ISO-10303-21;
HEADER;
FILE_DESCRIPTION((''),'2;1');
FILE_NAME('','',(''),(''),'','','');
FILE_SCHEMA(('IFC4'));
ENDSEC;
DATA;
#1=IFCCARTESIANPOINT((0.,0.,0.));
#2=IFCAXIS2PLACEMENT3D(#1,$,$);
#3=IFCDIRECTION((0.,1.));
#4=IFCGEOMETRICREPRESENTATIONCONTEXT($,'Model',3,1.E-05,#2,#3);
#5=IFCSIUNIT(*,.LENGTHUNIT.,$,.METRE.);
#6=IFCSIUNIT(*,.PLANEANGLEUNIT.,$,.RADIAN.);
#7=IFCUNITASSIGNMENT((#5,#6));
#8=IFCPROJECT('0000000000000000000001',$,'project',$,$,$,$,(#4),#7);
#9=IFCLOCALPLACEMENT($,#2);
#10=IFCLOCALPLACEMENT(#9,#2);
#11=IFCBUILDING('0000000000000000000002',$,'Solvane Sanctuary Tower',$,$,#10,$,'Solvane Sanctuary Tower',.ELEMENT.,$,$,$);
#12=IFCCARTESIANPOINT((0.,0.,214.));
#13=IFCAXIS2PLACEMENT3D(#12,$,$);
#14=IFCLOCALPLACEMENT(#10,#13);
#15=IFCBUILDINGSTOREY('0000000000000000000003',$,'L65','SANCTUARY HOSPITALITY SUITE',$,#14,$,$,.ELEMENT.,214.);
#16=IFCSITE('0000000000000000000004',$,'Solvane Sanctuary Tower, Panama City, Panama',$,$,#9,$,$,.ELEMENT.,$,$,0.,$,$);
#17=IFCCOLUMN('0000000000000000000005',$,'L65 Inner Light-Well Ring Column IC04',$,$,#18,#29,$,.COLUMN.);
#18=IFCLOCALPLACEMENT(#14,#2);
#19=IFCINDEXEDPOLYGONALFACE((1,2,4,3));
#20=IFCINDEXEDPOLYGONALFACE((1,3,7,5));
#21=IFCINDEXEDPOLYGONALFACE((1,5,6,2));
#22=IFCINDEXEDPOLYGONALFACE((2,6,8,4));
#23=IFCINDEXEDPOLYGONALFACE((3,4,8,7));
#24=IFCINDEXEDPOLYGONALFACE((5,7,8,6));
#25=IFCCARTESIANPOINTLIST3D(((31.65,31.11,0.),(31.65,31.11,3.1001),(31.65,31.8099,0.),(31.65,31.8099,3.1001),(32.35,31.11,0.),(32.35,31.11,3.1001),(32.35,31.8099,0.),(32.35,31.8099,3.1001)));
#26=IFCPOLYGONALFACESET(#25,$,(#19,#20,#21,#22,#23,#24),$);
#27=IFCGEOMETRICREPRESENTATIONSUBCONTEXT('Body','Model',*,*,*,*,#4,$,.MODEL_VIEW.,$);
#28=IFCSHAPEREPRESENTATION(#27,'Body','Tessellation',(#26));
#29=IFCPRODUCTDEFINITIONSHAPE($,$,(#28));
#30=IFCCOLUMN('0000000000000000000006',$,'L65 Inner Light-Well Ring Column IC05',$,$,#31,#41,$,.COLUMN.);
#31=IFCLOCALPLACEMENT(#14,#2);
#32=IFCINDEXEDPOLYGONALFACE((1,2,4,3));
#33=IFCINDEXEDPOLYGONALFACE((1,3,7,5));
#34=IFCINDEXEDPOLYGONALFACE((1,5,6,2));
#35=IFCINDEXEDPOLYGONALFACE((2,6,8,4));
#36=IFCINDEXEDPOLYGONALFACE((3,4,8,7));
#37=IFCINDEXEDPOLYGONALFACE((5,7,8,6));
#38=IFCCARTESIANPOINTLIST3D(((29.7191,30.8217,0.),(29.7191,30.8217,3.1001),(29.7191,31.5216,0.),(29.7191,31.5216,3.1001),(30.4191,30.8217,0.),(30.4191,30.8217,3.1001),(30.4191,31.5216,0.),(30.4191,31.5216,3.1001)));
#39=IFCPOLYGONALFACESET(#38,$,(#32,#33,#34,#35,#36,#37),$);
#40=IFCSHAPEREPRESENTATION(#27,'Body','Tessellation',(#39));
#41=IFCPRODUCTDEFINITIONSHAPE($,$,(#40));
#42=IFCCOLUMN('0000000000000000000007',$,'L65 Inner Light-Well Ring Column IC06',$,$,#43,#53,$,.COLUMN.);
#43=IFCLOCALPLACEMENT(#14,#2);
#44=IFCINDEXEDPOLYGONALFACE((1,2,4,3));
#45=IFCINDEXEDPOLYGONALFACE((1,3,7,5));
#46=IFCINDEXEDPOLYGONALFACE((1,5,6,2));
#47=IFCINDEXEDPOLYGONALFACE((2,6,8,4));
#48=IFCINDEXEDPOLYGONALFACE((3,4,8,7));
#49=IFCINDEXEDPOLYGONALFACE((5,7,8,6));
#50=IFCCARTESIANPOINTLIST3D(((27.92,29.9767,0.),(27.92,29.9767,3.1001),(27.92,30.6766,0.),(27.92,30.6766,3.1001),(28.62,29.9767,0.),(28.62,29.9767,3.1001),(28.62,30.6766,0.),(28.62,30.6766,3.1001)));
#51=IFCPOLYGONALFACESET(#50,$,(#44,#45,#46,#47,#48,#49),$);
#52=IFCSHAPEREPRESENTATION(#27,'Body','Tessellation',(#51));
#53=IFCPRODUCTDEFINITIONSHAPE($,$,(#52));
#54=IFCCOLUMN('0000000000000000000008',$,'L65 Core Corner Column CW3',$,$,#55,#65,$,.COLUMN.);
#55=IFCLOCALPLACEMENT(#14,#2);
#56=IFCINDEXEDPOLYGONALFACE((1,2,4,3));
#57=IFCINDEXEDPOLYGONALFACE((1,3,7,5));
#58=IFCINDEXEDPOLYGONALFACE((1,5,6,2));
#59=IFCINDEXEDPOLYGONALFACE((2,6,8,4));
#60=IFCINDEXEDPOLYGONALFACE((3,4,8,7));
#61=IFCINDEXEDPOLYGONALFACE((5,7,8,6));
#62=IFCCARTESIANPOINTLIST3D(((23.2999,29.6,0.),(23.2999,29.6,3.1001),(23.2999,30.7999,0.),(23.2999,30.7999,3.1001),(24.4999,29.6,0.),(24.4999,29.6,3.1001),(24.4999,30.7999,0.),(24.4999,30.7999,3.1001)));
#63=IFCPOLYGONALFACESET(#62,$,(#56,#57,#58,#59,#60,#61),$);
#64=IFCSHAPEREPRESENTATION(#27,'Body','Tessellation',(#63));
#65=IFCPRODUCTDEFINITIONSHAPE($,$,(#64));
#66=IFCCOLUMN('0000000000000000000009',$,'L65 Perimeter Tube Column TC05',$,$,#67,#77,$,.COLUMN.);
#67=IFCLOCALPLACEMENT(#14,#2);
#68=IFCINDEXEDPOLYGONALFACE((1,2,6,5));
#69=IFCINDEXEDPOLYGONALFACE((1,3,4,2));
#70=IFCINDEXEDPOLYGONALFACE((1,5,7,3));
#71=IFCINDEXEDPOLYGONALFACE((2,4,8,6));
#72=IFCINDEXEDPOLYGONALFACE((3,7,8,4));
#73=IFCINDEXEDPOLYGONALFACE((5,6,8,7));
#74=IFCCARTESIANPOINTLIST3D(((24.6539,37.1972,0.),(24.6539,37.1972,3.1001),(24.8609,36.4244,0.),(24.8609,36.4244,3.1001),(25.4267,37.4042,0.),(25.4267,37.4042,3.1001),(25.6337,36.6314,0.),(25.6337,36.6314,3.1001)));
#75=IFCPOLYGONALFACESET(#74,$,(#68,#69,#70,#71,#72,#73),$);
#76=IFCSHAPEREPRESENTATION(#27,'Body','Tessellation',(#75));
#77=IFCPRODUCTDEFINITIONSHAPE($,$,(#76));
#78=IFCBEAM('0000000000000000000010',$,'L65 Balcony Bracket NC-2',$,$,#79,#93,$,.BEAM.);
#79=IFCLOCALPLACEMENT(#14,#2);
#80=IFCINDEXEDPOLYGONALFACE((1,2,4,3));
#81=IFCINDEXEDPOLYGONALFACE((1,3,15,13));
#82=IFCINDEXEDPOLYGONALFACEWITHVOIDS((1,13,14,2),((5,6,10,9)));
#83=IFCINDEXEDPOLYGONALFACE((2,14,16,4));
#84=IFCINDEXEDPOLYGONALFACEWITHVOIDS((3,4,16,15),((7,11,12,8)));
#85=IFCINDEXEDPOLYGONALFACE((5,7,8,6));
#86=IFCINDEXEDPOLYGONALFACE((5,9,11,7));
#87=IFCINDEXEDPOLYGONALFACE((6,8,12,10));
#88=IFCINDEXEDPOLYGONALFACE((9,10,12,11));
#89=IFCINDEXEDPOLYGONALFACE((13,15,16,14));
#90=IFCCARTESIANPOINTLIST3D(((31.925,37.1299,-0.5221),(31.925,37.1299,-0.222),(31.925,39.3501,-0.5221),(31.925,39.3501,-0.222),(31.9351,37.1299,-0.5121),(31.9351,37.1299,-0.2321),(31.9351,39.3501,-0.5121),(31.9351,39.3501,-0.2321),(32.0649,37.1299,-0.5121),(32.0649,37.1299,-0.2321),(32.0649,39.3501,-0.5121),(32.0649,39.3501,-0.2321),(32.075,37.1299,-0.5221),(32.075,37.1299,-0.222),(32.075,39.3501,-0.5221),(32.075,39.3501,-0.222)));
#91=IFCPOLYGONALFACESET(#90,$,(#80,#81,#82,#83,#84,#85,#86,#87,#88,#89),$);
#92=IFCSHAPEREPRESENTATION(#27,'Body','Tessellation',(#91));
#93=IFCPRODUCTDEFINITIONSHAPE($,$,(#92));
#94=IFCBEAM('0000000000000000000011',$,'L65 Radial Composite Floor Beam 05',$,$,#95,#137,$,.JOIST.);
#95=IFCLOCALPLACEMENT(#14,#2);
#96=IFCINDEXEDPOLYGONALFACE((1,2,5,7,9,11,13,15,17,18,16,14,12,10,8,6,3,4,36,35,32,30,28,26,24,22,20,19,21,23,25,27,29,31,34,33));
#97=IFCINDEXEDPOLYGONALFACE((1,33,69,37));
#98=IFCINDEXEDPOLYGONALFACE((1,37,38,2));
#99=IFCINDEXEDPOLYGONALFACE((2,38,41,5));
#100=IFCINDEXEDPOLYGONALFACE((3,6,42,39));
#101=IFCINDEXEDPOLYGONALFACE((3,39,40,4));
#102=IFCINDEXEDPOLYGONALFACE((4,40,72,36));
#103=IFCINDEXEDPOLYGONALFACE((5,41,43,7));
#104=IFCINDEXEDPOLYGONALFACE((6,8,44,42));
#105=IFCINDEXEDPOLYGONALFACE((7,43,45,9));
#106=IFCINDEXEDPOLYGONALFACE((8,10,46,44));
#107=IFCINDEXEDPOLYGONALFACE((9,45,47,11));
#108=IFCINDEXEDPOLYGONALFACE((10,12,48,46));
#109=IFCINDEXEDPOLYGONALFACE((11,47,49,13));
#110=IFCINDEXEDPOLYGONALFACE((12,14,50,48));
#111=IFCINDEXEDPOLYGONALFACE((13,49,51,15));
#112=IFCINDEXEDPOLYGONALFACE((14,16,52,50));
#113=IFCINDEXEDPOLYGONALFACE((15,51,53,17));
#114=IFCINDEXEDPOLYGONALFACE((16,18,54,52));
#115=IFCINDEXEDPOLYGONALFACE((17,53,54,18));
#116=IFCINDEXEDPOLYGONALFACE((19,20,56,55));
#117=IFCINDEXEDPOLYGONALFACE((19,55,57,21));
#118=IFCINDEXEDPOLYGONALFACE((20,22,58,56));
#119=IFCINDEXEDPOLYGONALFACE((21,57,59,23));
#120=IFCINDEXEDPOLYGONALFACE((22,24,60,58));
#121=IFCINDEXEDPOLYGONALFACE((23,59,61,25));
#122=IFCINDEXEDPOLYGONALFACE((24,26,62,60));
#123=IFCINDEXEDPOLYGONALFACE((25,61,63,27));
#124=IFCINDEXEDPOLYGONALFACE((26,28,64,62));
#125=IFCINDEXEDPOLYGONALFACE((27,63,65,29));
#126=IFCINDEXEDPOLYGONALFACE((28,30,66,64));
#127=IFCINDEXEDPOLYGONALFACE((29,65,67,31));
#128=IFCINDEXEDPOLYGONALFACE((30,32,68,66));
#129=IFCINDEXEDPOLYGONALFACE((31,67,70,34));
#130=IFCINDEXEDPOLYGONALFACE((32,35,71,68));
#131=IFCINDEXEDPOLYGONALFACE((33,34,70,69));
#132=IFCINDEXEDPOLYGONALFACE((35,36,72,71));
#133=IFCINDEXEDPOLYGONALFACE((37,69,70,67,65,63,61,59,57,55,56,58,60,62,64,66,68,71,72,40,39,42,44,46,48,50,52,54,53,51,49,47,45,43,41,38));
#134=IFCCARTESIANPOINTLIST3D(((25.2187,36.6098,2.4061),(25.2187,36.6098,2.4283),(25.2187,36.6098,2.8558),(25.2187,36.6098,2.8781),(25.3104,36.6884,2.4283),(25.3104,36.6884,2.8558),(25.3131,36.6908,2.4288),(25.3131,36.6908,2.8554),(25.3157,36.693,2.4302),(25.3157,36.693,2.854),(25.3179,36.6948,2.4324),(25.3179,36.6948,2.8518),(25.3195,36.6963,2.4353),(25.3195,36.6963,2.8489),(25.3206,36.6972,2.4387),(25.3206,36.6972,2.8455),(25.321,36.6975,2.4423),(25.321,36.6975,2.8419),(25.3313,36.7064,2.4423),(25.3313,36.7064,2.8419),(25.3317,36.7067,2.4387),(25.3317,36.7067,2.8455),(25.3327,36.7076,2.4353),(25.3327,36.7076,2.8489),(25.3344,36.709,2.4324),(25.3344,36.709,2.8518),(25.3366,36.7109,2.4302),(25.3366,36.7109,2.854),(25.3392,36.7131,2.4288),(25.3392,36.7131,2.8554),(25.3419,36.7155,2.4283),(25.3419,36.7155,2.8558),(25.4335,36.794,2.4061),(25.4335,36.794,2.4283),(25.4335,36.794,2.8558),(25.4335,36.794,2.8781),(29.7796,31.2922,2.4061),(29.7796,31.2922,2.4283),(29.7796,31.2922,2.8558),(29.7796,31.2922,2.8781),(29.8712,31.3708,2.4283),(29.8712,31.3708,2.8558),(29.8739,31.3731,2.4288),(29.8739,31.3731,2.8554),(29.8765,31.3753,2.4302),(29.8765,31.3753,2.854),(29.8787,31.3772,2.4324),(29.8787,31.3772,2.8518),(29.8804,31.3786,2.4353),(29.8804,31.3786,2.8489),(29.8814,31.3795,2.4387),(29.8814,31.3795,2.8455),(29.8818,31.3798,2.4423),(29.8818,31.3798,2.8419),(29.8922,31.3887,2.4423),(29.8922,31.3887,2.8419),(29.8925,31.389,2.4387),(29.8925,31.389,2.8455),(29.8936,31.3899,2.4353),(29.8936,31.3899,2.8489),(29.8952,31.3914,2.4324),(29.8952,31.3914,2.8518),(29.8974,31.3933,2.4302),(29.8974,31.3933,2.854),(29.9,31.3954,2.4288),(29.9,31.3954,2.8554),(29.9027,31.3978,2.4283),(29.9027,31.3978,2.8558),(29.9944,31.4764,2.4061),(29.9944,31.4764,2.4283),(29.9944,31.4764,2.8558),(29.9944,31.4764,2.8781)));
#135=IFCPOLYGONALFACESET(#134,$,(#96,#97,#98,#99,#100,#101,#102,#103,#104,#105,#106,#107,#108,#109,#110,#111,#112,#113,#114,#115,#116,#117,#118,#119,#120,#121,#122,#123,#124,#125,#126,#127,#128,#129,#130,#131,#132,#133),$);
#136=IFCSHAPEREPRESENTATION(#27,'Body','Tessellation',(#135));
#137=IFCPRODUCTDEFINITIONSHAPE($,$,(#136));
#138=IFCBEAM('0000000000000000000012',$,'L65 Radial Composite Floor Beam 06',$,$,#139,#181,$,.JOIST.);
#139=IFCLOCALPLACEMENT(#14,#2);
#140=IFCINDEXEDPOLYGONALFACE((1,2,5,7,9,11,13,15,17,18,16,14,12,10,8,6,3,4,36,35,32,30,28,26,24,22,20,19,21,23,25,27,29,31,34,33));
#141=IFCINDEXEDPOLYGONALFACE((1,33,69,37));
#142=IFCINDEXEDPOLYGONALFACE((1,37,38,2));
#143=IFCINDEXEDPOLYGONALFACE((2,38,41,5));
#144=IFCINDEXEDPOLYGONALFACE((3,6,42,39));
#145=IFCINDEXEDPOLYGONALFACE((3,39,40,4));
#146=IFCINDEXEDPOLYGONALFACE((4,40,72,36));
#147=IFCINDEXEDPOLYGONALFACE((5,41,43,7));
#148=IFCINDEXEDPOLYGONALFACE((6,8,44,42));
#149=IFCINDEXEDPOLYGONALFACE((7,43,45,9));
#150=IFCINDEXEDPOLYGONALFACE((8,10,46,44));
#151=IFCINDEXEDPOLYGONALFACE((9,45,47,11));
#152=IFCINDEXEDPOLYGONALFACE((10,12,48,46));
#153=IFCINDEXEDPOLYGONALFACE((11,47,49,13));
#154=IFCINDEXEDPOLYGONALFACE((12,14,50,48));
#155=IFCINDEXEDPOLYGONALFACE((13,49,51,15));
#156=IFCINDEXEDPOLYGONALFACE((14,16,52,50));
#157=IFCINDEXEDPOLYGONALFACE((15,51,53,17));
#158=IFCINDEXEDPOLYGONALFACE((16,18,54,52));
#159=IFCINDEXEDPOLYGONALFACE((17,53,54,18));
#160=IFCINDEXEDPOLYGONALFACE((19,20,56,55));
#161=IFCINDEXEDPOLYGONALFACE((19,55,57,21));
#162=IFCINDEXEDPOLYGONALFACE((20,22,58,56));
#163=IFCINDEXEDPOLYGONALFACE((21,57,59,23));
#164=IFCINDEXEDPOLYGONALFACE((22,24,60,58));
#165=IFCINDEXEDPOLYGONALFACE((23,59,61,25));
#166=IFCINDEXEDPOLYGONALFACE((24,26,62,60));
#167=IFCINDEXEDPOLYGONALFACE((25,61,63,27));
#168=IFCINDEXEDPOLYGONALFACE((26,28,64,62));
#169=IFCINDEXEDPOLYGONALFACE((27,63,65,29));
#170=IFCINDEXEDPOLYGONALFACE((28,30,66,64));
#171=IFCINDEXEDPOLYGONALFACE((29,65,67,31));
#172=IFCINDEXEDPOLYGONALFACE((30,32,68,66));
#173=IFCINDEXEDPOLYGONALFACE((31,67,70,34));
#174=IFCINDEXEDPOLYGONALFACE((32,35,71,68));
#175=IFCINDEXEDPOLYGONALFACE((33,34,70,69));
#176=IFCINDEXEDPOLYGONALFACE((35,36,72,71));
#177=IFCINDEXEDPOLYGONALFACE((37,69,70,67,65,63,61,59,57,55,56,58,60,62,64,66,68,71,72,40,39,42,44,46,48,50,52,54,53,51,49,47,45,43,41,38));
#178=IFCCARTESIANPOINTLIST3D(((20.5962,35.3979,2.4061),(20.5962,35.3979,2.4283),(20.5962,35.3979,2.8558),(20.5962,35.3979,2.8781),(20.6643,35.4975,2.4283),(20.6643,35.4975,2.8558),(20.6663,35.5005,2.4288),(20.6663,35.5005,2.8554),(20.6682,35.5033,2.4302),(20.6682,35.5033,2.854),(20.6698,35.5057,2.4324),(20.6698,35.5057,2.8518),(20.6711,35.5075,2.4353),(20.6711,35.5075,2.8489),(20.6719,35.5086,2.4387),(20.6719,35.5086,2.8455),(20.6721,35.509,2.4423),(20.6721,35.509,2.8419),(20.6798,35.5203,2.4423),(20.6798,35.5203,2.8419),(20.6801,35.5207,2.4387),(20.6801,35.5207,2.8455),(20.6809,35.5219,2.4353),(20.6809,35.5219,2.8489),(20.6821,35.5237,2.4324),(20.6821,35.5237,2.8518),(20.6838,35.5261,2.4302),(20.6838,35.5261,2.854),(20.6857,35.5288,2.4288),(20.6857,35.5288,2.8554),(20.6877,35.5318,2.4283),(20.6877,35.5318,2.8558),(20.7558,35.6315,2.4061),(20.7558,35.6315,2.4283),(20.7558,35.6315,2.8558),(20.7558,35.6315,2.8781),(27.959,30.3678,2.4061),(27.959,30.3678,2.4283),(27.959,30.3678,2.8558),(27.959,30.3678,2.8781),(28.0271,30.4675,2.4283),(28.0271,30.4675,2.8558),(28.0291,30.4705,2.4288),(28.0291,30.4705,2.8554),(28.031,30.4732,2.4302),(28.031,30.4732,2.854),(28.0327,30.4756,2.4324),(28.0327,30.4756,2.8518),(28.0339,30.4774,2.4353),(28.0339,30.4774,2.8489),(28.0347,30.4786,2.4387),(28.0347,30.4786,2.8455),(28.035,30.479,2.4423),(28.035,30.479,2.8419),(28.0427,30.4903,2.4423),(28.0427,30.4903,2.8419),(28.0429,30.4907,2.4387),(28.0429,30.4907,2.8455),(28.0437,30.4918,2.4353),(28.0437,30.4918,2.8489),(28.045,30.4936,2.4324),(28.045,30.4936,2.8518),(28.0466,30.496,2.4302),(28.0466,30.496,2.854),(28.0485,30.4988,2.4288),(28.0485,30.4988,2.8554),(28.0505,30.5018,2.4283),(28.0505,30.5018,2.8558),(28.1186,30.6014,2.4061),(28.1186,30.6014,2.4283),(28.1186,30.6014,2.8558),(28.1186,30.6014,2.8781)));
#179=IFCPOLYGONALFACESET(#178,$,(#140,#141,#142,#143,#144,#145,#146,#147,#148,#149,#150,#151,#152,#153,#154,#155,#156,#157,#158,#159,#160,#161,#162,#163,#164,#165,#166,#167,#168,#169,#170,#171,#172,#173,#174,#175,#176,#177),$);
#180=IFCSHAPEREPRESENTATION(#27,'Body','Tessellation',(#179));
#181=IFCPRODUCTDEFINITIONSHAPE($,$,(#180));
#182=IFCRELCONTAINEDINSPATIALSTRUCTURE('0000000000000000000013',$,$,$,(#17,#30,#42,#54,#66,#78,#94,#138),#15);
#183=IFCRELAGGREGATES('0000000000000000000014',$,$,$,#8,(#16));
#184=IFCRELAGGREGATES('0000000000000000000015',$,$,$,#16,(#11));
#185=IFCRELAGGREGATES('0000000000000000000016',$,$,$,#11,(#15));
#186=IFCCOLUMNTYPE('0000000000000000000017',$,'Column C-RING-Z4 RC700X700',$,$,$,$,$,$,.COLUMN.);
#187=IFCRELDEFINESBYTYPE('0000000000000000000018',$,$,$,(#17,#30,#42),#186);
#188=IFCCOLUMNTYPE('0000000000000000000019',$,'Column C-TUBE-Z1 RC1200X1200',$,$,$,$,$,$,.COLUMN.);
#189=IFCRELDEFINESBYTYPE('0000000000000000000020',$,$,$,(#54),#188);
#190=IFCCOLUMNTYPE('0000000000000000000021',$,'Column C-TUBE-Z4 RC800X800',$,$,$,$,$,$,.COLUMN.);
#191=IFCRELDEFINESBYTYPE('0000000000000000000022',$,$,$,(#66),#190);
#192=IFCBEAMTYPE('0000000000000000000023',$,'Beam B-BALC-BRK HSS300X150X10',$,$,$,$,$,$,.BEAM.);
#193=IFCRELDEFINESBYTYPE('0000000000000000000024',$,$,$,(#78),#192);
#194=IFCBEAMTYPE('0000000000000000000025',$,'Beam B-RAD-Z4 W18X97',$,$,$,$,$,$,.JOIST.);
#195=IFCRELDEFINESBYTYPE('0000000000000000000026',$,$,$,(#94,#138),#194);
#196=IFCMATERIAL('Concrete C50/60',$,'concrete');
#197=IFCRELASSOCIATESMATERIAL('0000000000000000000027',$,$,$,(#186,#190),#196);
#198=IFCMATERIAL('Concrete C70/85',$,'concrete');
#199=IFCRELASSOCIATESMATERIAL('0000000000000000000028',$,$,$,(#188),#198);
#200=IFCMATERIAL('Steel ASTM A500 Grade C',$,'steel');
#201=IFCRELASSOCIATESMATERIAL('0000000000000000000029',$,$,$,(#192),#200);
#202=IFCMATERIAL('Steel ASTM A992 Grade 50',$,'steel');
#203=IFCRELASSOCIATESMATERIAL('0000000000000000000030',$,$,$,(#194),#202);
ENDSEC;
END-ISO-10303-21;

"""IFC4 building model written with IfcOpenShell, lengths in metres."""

from ifc_helpers import new_model, si_unit, direction, frame, origin, origin_2d, place, context, subcontext, project, spatial, rectangle, hollow_rectangle, i_section, extrude, material, material_profile, profile_set, type_object, element, save


model = new_model("IFC4")

# Units and contexts
model_context = context("Model", 3, precision=1e-05, world=origin(), true_north=direction((0.0, 1.0)))
body_context = subcontext(model_context, "Body", "Model", "MODEL_VIEW")
ifc_project = project(units=[si_unit("LENGTHUNIT", "METRE"), si_unit("PLANEANGLEUNIT", "RADIAN")], contexts=[model_context])

# Site, building, storey
site_placement = place(None, origin())
site = spatial("IfcSite", under=ifc_project, at=site_placement, Name="Solvane Sanctuary Tower, Panama City, Panama", CompositionType="ELEMENT", RefElevation=0.0)
building_placement = place(site_placement, origin())
building = spatial("IfcBuilding", under=site, at=building_placement, Name="Solvane Sanctuary Tower", LongName="Solvane Sanctuary Tower", CompositionType="ELEMENT")
storey_placement = place(building_placement, frame((0.0, 0.0, 214.0)))
storey = spatial("IfcBuildingStorey", under=building, at=storey_placement, Name="L65", Description="SANCTUARY HOSPITALITY SUITE", CompositionType="ELEMENT", Elevation=214.0)

# Columns
ifc_material_1 = material(Name="Concrete C50/60", Category="concrete")
ifc_material_profile_1 = material_profile(ifc_material_1, rectangle(XDim=0.7, YDim=0.7, at=origin_2d()), Name="RC700X700")
ifc_profile_set_1 = profile_set([ifc_material_profile_1], Name="Concrete C50/60")
column_type_1 = type_object("IfcColumnType", Name="Column C-RING-Z4 RC700X700", PredefinedType="COLUMN", material=ifc_profile_set_1)
for number, where, z_axis, x_axis, name in (
    (1, (32.0, 31.46, 0.0), (0.0, 0.0, 1.0), (1.0, 0.0, 0.0), "L65 Inner Light-Well Ring Column IC04"),
    (2, (30.0691, 31.1716, 0.0), (0.0, 0.0, 1.0), (1.0, 0.0, 0.0), "L65 Inner Light-Well Ring Column IC05"),
    (3, (28.27, 30.3267, 0.0), (0.0, 0.0, 1.0), (1.0, 0.0, 0.0), "L65 Inner Light-Well Ring Column IC06"),
):
    element("IfcColumn", number, at=place(storey_placement, frame(where, z_axis=z_axis, x_axis=x_axis)), inside=storey, type_object=column_type_1, Name=name, PredefinedType="COLUMN", context=body_context, shape_type="SweptSolid", body=[
        extrude(rectangle(XDim=0.7, YDim=0.7, at=origin_2d()), origin(), (0.0, 0.0, 1.0), 3.1001),
    ])
ifc_material_2 = material(Name="Concrete C70/85", Category="concrete")
ifc_material_profile_2 = material_profile(ifc_material_2, rectangle(XDim=1.2, YDim=1.2, at=origin_2d()), Name="RC1200X1200")
ifc_profile_set_2 = profile_set([ifc_material_profile_2], Name="Concrete C70/85")
column_type_2 = type_object("IfcColumnType", Name="Column C-TUBE-Z1 RC1200X1200", PredefinedType="COLUMN", material=ifc_profile_set_2)
column_1_placement = place(storey_placement, frame((23.8999, 30.2, 0.0), z_axis=(0.0, 0.0, 1.0), x_axis=(1.0, 0.0, 0.0)))
element("IfcColumn", 4, at=column_1_placement, inside=storey, type_object=column_type_2, Name="L65 Core Corner Column CW3", PredefinedType="COLUMN", context=body_context, shape_type="SweptSolid", body=[
    extrude(rectangle(XDim=1.2, YDim=1.2, at=origin_2d()), origin(), (0.0, 0.0, 1.0), 3.1001),
])
ifc_material_profile_3 = material_profile(ifc_material_1, rectangle(XDim=0.8, YDim=0.8, at=origin_2d()), Name="RC800X800")
ifc_profile_set_3 = profile_set([ifc_material_profile_3], Name="Concrete C50/60")
column_type_3 = type_object("IfcColumnType", Name="Column C-TUBE-Z4 RC800X800", PredefinedType="COLUMN", material=ifc_profile_set_3)
column_2_placement = place(storey_placement, frame((25.1438, 36.9143, 0.0), z_axis=(0.0, 0.0, 1.0), x_axis=(-0.258819, 0.965926, 0.0)))
element("IfcColumn", 5, at=column_2_placement, inside=storey, type_object=column_type_3, Name="L65 Perimeter Tube Column TC05", PredefinedType="COLUMN", context=body_context, shape_type="SweptSolid", body=[
    extrude(rectangle(XDim=0.8, YDim=0.8, at=origin_2d()), origin(), (0.0, 0.0, 1.0), 3.1001),
])

# Beams
ifc_material_3 = material(Name="Steel ASTM A500 Grade C", Category="steel")
ifc_material_profile_4 = material_profile(ifc_material_3, hollow_rectangle(XDim=0.1499, YDim=0.3, WallThickness=0.01, at=origin_2d()), Name="HSS300X150X10")
ifc_profile_set_4 = profile_set([ifc_material_profile_4], Name="Steel ASTM A500 Grade C")
beam_type_1 = type_object("IfcBeamType", Name="Beam B-BALC-BRK HSS300X150X10", PredefinedType="BEAM", material=ifc_profile_set_4)
beam_1_placement = place(storey_placement, frame((32.0, 37.1299, -0.3721), z_axis=(0.0, 1.0, 0.0), x_axis=(-1.0, 0.0, 0.0)))
element("IfcBeam", 6, at=beam_1_placement, inside=storey, type_object=beam_type_1, Name="L65 Balcony Bracket NC-2", PredefinedType="BEAM", context=body_context, shape_type="SweptSolid", body=[
    extrude(hollow_rectangle(XDim=0.1499, YDim=0.3, WallThickness=0.01, at=origin_2d()), origin(), (0.0, 0.0, 1.0), 2.2202),
])
ifc_material_4 = material(Name="Steel ASTM A992 Grade 50", Category="steel")
ifc_material_profile_5 = material_profile(ifc_material_4, i_section(OverallWidth=0.283, OverallDepth=0.4719, WebThickness=0.0137, FlangeThickness=0.0222, FilletRadius=0.0139, at=origin_2d()), Name="W18X97")
ifc_profile_set_5 = profile_set([ifc_material_profile_5], Name="Steel ASTM A992 Grade 50")
beam_type_2 = type_object("IfcBeamType", Name="Beam B-RAD-Z4 W18X97", PredefinedType="JOIST", material=ifc_profile_set_5)
beam_2_placement = place(storey_placement, frame((29.887, 31.3843, 2.6421), z_axis=(-0.651024, 0.759057, 0.0), x_axis=(-0.759057, -0.651024, 0.0)))
element("IfcBeam", 7, at=beam_2_placement, inside=storey, type_object=beam_type_2, Name="L65 Radial Composite Floor Beam 05", PredefinedType="JOIST", context=body_context, shape_type="SweptSolid", body=[
    extrude(i_section(OverallWidth=0.283, OverallDepth=0.4719, WebThickness=0.0137, FlangeThickness=0.0222, FilletRadius=0.0139, at=origin_2d()), origin(), (0.0, 0.0, 1.0), 7.0056),
])
beam_3_placement = place(storey_placement, frame((28.0388, 30.4846, 2.6421), z_axis=(-0.825708, 0.564098, 0.0), x_axis=(-0.564098, -0.825708, 0.0)))
element("IfcBeam", 8, at=beam_3_placement, inside=storey, type_object=beam_type_2, Name="L65 Radial Composite Floor Beam 06", PredefinedType="JOIST", context=body_context, shape_type="SweptSolid", body=[
    extrude(i_section(OverallWidth=0.283, OverallDepth=0.4719, WebThickness=0.0137, FlangeThickness=0.0222, FilletRadius=0.0139, at=origin_2d()), origin(), (0.0, 0.0, 1.0), 8.917),
])

save(model, "model.ifc")
